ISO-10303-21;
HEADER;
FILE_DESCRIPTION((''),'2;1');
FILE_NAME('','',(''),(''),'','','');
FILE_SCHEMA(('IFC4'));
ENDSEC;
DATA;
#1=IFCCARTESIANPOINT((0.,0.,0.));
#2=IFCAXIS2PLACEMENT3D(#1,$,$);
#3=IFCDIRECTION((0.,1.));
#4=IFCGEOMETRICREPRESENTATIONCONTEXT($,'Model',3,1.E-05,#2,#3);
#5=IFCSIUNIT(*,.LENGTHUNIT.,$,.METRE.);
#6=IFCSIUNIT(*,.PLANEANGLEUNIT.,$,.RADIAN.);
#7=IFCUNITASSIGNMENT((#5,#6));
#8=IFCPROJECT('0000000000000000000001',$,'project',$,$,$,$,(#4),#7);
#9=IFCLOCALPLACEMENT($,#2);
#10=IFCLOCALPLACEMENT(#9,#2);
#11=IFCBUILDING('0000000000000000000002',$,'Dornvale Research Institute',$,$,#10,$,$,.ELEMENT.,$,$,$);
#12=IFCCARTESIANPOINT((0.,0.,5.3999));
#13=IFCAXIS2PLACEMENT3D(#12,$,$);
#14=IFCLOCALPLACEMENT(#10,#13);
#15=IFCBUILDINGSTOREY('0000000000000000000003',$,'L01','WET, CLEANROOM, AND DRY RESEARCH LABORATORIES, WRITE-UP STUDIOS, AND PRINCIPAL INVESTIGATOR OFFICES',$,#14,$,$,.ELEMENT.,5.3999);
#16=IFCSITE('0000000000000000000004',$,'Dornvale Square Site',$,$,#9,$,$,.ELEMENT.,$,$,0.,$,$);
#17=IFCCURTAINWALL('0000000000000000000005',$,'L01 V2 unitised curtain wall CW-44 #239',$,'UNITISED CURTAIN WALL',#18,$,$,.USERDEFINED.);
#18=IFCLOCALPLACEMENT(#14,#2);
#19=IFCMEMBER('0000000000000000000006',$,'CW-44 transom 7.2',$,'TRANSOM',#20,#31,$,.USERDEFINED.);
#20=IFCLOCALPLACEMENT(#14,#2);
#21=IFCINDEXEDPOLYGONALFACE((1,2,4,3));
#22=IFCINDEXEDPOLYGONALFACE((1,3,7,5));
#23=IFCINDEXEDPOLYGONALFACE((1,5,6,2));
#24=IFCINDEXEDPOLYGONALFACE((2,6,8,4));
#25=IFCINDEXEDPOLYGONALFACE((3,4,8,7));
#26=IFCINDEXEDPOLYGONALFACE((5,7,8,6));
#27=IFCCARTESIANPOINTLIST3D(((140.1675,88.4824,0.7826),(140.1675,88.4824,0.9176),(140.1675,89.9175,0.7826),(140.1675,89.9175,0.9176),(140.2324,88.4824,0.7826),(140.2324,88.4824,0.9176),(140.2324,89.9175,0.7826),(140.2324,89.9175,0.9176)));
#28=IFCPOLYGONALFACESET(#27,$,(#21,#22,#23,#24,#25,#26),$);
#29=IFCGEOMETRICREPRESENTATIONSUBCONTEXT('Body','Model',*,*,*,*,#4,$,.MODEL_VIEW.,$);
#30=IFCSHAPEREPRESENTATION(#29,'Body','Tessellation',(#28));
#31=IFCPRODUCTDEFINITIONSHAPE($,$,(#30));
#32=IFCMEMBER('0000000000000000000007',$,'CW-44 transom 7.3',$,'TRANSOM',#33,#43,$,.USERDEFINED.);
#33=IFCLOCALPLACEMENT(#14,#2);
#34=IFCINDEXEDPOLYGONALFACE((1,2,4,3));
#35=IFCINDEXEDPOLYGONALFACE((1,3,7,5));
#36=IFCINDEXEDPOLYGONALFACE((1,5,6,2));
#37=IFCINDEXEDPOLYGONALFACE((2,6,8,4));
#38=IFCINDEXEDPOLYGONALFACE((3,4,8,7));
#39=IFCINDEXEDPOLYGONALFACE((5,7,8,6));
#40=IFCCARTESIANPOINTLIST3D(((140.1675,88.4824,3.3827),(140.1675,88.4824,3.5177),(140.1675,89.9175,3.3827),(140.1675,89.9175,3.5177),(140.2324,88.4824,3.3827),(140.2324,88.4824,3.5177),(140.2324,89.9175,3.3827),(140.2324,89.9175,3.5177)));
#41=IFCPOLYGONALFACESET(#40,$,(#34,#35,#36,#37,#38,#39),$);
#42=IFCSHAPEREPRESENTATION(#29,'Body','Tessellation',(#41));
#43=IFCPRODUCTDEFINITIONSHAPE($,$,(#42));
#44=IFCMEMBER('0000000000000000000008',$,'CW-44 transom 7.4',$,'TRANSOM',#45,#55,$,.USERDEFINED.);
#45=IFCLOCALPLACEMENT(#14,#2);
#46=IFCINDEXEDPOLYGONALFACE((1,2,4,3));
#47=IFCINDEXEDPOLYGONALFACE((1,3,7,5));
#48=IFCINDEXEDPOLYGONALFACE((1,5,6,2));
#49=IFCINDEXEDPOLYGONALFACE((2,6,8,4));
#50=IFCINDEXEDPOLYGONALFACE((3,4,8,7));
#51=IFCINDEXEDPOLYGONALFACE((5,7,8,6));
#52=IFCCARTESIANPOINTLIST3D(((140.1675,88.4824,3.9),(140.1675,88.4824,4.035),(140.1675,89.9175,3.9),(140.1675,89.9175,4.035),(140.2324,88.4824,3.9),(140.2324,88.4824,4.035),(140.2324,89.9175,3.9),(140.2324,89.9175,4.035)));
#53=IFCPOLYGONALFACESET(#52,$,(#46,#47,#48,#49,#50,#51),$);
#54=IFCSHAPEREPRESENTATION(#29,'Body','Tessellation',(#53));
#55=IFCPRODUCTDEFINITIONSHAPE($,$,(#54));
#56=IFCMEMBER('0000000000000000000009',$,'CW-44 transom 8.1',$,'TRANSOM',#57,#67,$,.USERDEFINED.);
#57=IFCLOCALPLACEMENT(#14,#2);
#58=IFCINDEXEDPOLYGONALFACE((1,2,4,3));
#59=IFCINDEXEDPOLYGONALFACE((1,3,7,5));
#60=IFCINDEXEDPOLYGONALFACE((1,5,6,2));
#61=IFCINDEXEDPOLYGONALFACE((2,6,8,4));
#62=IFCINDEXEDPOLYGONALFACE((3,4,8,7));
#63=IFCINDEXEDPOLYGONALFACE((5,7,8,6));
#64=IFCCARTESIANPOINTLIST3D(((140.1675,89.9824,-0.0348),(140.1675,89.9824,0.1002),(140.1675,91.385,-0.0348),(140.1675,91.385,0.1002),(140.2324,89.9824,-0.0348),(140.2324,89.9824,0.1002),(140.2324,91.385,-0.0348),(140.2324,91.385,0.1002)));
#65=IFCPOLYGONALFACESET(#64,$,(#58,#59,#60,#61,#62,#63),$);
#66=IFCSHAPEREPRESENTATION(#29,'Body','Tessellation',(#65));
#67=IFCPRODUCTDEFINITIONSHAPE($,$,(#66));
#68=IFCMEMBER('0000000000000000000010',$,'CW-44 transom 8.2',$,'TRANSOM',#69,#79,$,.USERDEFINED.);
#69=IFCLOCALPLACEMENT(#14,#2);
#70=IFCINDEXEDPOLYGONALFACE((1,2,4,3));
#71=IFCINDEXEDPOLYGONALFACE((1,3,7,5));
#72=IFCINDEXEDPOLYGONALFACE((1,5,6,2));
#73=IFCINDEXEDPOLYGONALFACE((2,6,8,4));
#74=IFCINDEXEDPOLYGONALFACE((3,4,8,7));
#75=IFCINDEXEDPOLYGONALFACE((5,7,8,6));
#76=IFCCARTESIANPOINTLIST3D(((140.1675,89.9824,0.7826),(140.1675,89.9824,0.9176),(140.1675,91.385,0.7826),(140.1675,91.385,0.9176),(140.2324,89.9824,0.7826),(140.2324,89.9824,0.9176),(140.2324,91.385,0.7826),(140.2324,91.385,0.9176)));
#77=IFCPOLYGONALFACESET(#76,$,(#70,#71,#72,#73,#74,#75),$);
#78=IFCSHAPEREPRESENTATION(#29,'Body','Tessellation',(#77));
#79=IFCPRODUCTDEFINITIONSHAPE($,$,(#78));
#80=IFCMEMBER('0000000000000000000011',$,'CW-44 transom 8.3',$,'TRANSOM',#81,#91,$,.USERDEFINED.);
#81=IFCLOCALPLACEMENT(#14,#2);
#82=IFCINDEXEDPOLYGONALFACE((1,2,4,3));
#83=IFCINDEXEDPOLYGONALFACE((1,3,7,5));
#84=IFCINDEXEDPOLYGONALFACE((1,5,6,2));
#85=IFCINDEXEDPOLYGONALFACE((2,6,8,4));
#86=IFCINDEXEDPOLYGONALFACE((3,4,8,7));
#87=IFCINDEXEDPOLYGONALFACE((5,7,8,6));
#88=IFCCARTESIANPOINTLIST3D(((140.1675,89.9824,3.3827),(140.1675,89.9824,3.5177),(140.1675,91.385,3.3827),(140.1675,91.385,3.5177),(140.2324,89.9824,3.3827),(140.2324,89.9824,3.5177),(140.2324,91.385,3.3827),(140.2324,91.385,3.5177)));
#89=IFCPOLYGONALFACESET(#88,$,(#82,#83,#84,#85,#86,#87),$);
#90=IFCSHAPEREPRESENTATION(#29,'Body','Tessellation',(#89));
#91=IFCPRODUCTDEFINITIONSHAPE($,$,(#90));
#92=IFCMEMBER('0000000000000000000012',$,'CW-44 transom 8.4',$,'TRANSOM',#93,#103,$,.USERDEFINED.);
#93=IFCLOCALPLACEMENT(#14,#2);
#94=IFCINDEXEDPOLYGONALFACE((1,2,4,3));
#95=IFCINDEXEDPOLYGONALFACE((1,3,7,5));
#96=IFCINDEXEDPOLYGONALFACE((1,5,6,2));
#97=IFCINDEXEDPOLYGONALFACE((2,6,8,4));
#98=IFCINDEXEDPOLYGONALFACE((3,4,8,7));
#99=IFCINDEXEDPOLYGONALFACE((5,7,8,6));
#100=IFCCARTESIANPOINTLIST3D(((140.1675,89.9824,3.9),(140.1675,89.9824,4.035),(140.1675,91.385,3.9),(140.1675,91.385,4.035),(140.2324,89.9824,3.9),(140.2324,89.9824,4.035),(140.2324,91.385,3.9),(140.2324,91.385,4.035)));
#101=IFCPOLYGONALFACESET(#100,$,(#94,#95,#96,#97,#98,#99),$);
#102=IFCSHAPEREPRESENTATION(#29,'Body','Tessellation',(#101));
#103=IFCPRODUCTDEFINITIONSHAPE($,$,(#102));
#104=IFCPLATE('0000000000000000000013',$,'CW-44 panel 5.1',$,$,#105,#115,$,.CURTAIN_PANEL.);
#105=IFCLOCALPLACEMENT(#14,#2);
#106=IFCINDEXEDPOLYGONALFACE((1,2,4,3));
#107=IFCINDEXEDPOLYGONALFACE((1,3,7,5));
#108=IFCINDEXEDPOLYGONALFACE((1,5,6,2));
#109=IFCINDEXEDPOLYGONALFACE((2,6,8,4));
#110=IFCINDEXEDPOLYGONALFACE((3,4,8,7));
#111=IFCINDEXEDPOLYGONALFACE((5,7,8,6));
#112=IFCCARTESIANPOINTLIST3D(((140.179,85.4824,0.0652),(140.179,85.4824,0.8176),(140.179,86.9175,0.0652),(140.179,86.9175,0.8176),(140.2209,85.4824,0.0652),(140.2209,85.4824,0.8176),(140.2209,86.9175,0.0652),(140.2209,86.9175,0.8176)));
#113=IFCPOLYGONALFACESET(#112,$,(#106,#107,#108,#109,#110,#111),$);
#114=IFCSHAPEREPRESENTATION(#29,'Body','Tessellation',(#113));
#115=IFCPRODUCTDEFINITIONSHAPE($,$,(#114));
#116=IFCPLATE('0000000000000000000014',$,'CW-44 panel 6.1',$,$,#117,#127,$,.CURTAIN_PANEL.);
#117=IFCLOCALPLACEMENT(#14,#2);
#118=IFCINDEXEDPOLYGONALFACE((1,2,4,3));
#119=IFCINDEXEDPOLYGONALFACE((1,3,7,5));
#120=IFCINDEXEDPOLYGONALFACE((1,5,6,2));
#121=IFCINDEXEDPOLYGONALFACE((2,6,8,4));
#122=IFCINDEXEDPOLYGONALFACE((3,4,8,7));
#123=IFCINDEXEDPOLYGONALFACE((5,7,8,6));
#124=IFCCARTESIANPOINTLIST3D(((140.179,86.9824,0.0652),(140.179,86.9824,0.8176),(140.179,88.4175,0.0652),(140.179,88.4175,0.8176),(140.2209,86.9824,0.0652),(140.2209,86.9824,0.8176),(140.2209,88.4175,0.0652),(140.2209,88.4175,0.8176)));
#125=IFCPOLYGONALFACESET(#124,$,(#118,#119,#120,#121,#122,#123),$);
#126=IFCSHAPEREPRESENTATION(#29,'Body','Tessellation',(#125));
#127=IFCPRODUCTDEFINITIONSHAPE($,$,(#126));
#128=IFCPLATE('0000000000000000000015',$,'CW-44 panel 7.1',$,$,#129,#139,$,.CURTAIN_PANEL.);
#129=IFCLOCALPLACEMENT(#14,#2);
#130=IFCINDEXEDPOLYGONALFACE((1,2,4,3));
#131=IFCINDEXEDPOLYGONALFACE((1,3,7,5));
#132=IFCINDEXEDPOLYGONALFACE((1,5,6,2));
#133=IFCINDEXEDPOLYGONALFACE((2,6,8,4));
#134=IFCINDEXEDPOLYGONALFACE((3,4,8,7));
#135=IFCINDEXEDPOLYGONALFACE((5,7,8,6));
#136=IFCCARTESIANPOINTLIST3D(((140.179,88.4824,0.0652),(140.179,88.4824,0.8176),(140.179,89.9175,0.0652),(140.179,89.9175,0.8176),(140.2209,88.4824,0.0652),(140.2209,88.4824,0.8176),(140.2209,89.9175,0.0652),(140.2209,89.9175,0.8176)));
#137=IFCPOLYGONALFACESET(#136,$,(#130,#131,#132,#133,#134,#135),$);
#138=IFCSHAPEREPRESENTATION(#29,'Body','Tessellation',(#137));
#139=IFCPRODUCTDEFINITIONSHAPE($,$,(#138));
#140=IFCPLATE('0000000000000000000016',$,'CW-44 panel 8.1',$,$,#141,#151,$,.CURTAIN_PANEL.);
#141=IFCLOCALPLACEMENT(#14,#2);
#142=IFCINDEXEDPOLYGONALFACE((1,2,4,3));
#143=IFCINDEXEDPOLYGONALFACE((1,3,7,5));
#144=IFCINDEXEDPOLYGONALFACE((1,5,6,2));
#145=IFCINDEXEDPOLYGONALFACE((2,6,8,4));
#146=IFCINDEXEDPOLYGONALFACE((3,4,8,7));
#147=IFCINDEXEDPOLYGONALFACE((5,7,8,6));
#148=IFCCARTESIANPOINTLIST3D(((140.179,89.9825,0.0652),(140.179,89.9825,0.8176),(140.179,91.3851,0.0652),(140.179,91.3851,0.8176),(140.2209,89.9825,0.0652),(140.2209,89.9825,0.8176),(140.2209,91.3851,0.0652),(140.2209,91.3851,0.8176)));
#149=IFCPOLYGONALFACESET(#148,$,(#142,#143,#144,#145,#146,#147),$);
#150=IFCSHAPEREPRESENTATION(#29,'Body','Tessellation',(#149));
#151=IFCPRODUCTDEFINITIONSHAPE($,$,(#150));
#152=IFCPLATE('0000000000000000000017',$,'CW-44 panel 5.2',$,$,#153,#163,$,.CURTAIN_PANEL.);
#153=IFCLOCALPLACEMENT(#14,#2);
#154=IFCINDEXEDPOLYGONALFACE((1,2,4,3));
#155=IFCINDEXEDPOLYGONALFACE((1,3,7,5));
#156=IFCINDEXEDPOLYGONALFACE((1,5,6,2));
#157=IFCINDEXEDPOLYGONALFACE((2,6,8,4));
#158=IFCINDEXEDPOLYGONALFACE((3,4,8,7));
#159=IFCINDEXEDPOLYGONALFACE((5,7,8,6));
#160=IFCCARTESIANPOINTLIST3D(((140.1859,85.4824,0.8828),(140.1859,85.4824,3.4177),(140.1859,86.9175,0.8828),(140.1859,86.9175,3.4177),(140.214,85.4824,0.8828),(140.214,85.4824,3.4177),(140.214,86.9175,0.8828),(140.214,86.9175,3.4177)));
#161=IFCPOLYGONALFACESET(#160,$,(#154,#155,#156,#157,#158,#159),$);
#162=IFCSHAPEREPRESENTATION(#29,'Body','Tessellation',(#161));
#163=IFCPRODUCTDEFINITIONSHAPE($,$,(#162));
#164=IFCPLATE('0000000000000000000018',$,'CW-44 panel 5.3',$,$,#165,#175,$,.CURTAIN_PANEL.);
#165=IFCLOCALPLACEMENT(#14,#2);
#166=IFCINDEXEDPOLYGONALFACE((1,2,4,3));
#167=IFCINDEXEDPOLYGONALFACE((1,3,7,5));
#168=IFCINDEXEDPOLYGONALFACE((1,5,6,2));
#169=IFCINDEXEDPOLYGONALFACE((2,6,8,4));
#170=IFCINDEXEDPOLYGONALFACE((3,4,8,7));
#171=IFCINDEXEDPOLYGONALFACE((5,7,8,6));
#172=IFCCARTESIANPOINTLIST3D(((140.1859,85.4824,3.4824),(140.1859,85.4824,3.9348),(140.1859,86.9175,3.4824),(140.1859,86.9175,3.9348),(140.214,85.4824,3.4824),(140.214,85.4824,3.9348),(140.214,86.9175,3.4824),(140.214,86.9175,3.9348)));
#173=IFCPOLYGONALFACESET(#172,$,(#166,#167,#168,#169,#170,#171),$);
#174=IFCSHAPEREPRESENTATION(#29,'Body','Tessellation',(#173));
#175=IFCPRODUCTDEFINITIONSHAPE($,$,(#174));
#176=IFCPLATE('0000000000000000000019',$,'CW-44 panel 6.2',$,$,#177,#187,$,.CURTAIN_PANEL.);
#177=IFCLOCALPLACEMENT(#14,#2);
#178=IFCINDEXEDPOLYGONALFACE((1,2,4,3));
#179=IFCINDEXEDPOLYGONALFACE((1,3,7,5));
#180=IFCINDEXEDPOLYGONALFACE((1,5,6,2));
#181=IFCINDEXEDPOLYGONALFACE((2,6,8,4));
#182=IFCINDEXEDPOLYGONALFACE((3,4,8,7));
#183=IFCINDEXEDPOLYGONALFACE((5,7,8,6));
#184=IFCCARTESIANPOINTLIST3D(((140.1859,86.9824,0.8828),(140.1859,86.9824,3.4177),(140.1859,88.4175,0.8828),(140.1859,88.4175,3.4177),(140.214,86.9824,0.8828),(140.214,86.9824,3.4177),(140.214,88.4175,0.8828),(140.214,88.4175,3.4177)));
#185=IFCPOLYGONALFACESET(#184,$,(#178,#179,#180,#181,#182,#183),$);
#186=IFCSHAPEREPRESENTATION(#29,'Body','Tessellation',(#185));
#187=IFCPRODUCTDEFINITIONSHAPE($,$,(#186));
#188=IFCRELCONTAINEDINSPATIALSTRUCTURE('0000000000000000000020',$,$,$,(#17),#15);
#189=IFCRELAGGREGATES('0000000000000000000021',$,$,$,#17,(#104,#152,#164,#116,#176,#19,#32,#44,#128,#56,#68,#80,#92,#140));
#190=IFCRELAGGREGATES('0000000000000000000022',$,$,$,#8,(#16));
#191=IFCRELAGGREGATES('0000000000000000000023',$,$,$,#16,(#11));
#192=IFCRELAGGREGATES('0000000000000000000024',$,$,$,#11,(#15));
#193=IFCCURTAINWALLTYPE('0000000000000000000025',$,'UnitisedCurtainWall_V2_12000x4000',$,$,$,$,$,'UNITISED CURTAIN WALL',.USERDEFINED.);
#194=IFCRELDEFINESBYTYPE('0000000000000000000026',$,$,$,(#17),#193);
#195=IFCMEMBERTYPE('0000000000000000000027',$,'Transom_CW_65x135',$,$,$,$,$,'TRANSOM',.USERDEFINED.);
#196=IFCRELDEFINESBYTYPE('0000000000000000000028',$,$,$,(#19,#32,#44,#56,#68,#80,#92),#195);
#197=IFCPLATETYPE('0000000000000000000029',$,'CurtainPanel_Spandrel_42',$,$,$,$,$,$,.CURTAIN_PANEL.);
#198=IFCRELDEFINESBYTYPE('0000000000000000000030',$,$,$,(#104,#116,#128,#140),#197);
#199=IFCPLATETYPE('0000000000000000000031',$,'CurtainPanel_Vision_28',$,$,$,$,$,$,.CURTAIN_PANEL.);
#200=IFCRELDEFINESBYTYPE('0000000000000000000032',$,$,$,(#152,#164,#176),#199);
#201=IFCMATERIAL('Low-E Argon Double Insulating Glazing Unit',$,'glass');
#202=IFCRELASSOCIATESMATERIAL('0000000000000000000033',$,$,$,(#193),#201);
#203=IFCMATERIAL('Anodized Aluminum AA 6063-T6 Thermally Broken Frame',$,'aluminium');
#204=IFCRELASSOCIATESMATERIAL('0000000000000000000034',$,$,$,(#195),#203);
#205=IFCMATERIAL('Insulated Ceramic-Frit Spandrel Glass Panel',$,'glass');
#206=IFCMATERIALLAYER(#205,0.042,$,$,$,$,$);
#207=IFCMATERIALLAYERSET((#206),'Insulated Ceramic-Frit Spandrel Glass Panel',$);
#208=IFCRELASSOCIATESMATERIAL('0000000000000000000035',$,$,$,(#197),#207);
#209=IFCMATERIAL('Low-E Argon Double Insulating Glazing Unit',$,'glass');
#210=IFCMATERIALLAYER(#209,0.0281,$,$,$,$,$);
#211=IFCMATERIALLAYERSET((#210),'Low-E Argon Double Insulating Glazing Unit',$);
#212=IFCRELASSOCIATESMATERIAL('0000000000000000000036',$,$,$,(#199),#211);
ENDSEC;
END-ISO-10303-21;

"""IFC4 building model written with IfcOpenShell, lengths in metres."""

from ifc_helpers import new_model, si_unit, direction, frame, origin, origin_2d, place, context, subcontext, project, spatial, rectangle, extrude, material, layer, layer_set, material_profile, profile_set, type_object, element, aggregate, save


model = new_model("IFC4")

# Units and contexts
model_context = context("Model", 3, precision=1e-05, world=origin(), true_north=direction((0.0, 1.0)))
body_context = subcontext(model_context, "Body", "Model", "MODEL_VIEW")
ifc_project = project(units=[si_unit("LENGTHUNIT", "METRE"), si_unit("PLANEANGLEUNIT", "RADIAN")], contexts=[model_context])

# Site, building, storey
site_placement = place(None, origin())
site = spatial("IfcSite", under=ifc_project, at=site_placement, Name="Dornvale Square Site", CompositionType="ELEMENT", RefElevation=0.0)
building_placement = place(site_placement, origin())
building = spatial("IfcBuilding", under=site, at=building_placement, Name="Dornvale Research Institute", CompositionType="ELEMENT")
storey_placement = place(building_placement, frame((0.0, 0.0, 5.3999)))
storey = spatial("IfcBuildingStorey", under=building, at=storey_placement, Name="L01", Description="WET, CLEANROOM, AND DRY RESEARCH LABORATORIES, WRITE-UP STUDIOS, AND PRINCIPAL INVESTIGATOR OFFICES", CompositionType="ELEMENT", Elevation=5.3999)

# Curtain wall
ifc_material_1 = material(Name="Low-E Argon Double Insulating Glazing Unit", Category="glass")
curtain_wall_type = type_object("IfcCurtainWallType", Name="UnitisedCurtainWall_V2_12000x4000", ElementType="UNITISED CURTAIN WALL", PredefinedType="USERDEFINED", material=ifc_material_1)
curtain_wall_placement = place(storey_placement, origin())
curtain_wall = element("IfcCurtainWall", 1, at=curtain_wall_placement, inside=storey, type_object=curtain_wall_type, Name="L01 V2 unitised curtain wall CW-44 #239", ObjectType="UNITISED CURTAIN WALL", PredefinedType="USERDEFINED")

# Members
ifc_material_2 = material(Name="Anodized Aluminum AA 6063-T6 Thermally Broken Frame", Category="aluminium")
ifc_material_profile_1 = material_profile(ifc_material_2, rectangle(XDim=0.0649, YDim=0.135, at=origin_2d()), Name="ALU TRANSOM 65x135")
ifc_profile_set_1 = profile_set([ifc_material_profile_1], Name="Anodized Aluminum AA 6063-T6 Thermally Broken Frame")
member_type_1 = type_object("IfcMemberType", Name="Transom_CW_65x135", ElementType="TRANSOM", PredefinedType="USERDEFINED", material=ifc_profile_set_1)
member_1_placement = place(storey_placement, frame((140.2, 88.4824, 0.8501), z_axis=(0.0, 1.0, 0.0), x_axis=(-1.0, 0.0, 0.0)))
member_1 = element("IfcMember", 2, at=member_1_placement, type_object=member_type_1, Name="CW-44 transom 7.2", ObjectType="TRANSOM", PredefinedType="USERDEFINED", context=body_context, shape_type="SweptSolid", body=[
    extrude(rectangle(XDim=0.0649, YDim=0.135, at=origin_2d()), origin(), (0.0, 0.0, 1.0), 1.4351),
])
member_2_placement = place(storey_placement, frame((140.2, 88.4824, 3.4502), z_axis=(0.0, 1.0, 0.0), x_axis=(-1.0, 0.0, 0.0)))
member_2 = element("IfcMember", 3, at=member_2_placement, type_object=member_type_1, Name="CW-44 transom 7.3", ObjectType="TRANSOM", PredefinedType="USERDEFINED", context=body_context, shape_type="SweptSolid", body=[
    extrude(rectangle(XDim=0.0649, YDim=0.135, at=origin_2d()), origin(), (0.0, 0.0, 1.0), 1.4351),
])
member_3_placement = place(storey_placement, frame((140.2, 88.4824, 3.9675), z_axis=(0.0, 1.0, 0.0), x_axis=(-1.0, 0.0, 0.0)))
member_3 = element("IfcMember", 4, at=member_3_placement, type_object=member_type_1, Name="CW-44 transom 7.4", ObjectType="TRANSOM", PredefinedType="USERDEFINED", context=body_context, shape_type="SweptSolid", body=[
    extrude(rectangle(XDim=0.0649, YDim=0.135, at=origin_2d()), origin(), (0.0, 0.0, 1.0), 1.4351),
])
member_4_placement = place(storey_placement, frame((140.2, 89.9824, 0.0327), z_axis=(0.0, 1.0, 0.0), x_axis=(-1.0, 0.0, 0.0)))
member_4 = element("IfcMember", 5, at=member_4_placement, type_object=member_type_1, Name="CW-44 transom 8.1", ObjectType="TRANSOM", PredefinedType="USERDEFINED", context=body_context, shape_type="SweptSolid", body=[
    extrude(rectangle(XDim=0.0649, YDim=0.135, at=origin_2d()), origin(), (0.0, 0.0, 1.0), 1.4026),
])
member_5_placement = place(storey_placement, frame((140.2, 89.9824, 0.8501), z_axis=(0.0, 1.0, 0.0), x_axis=(-1.0, 0.0, 0.0)))
member_5 = element("IfcMember", 6, at=member_5_placement, type_object=member_type_1, Name="CW-44 transom 8.2", ObjectType="TRANSOM", PredefinedType="USERDEFINED", context=body_context, shape_type="SweptSolid", body=[
    extrude(rectangle(XDim=0.0649, YDim=0.135, at=origin_2d()), origin(), (0.0, 0.0, 1.0), 1.4026),
])
member_6_placement = place(storey_placement, frame((140.2, 89.9824, 3.4502), z_axis=(0.0, 1.0, 0.0), x_axis=(-1.0, 0.0, 0.0)))
member_6 = element("IfcMember", 7, at=member_6_placement, type_object=member_type_1, Name="CW-44 transom 8.3", ObjectType="TRANSOM", PredefinedType="USERDEFINED", context=body_context, shape_type="SweptSolid", body=[
    extrude(rectangle(XDim=0.0649, YDim=0.135, at=origin_2d()), origin(), (0.0, 0.0, 1.0), 1.4026),
])
member_7_placement = place(storey_placement, frame((140.2, 89.9824, 3.9675), z_axis=(0.0, 1.0, 0.0), x_axis=(-1.0, 0.0, 0.0)))
member_7 = element("IfcMember", 8, at=member_7_placement, type_object=member_type_1, Name="CW-44 transom 8.4", ObjectType="TRANSOM", PredefinedType="USERDEFINED", context=body_context, shape_type="SweptSolid", body=[
    extrude(rectangle(XDim=0.0649, YDim=0.135, at=origin_2d()), origin(), (0.0, 0.0, 1.0), 1.4026),
])

# Plates
ifc_material_3 = material(Name="Insulated Ceramic-Frit Spandrel Glass Panel", Category="glass")
ifc_layer_1 = layer(ifc_material_3, 0.042)
ifc_layer_set_1 = layer_set([ifc_layer_1], Name="Insulated Ceramic-Frit Spandrel Glass Panel")
plate_type_1 = type_object("IfcPlateType", Name="CurtainPanel_Spandrel_42", PredefinedType="CURTAIN_PANEL", material=ifc_layer_set_1)
plate_1_placement = place(storey_placement, frame((140.2, 86.2, 0.0652), z_axis=(0.0, 0.0, 1.0), x_axis=(0.0, 1.0, 0.0)))
plate_1 = element("IfcPlate", 9, at=plate_1_placement, type_object=plate_type_1, Name="CW-44 panel 5.1", PredefinedType="CURTAIN_PANEL", context=body_context, shape_type="SweptSolid", body=[
    extrude(rectangle(XDim=1.4351, YDim=0.042, at=origin_2d()), origin(), (0.0, 0.0, 1.0), 0.7524),
])
plate_2_placement = place(storey_placement, frame((140.2, 87.7, 0.0652), z_axis=(0.0, 0.0, 1.0), x_axis=(0.0, 1.0, 0.0)))
plate_2 = element("IfcPlate", 10, at=plate_2_placement, type_object=plate_type_1, Name="CW-44 panel 6.1", PredefinedType="CURTAIN_PANEL", context=body_context, shape_type="SweptSolid", body=[
    extrude(rectangle(XDim=1.4351, YDim=0.042, at=origin_2d()), origin(), (0.0, 0.0, 1.0), 0.7524),
])
plate_3_placement = place(storey_placement, frame((140.2, 89.2, 0.0652), z_axis=(0.0, 0.0, 1.0), x_axis=(0.0, 1.0, 0.0)))
plate_3 = element("IfcPlate", 11, at=plate_3_placement, type_object=plate_type_1, Name="CW-44 panel 7.1", PredefinedType="CURTAIN_PANEL", context=body_context, shape_type="SweptSolid", body=[
    extrude(rectangle(XDim=1.4351, YDim=0.042, at=origin_2d()), origin(), (0.0, 0.0, 1.0), 0.7524),
])
plate_4_placement = place(storey_placement, frame((140.2, 90.6838, 0.0652), z_axis=(0.0, 0.0, 1.0), x_axis=(0.0, 1.0, 0.0)))
plate_4 = element("IfcPlate", 12, at=plate_4_placement, type_object=plate_type_1, Name="CW-44 panel 8.1", PredefinedType="CURTAIN_PANEL", context=body_context, shape_type="SweptSolid", body=[
    extrude(rectangle(XDim=1.4026, YDim=0.042, at=origin_2d()), origin(), (0.0, 0.0, 1.0), 0.7524),
])
ifc_material_4 = material(Name="Low-E Argon Double Insulating Glazing Unit", Category="glass")
ifc_layer_2 = layer(ifc_material_4, 0.0281)
ifc_layer_set_2 = layer_set([ifc_layer_2], Name="Low-E Argon Double Insulating Glazing Unit")
plate_type_2 = type_object("IfcPlateType", Name="CurtainPanel_Vision_28", PredefinedType="CURTAIN_PANEL", material=ifc_layer_set_2)
plate_5_placement = place(storey_placement, frame((140.2, 86.2, 0.8828), z_axis=(0.0, 0.0, 1.0), x_axis=(0.0, 1.0, 0.0)))
plate_5 = element("IfcPlate", 13, at=plate_5_placement, type_object=plate_type_2, Name="CW-44 panel 5.2", PredefinedType="CURTAIN_PANEL", context=body_context, shape_type="SweptSolid", body=[
    extrude(rectangle(XDim=1.4351, YDim=0.0281, at=origin_2d()), origin(), (0.0, 0.0, 1.0), 2.5349),
])
plate_6_placement = place(storey_placement, frame((140.2, 86.2, 3.4824), z_axis=(0.0, 0.0, 1.0), x_axis=(0.0, 1.0, 0.0)))
plate_6 = element("IfcPlate", 14, at=plate_6_placement, type_object=plate_type_2, Name="CW-44 panel 5.3", PredefinedType="CURTAIN_PANEL", context=body_context, shape_type="SweptSolid", body=[
    extrude(rectangle(XDim=1.4351, YDim=0.0281, at=origin_2d()), origin(), (0.0, 0.0, 1.0), 0.4524),
])
plate_7_placement = place(storey_placement, frame((140.2, 87.7, 0.8828), z_axis=(0.0, 0.0, 1.0), x_axis=(0.0, 1.0, 0.0)))
plate_7 = element("IfcPlate", 15, at=plate_7_placement, type_object=plate_type_2, Name="CW-44 panel 6.2", PredefinedType="CURTAIN_PANEL", context=body_context, shape_type="SweptSolid", body=[
    extrude(rectangle(XDim=1.4351, YDim=0.0281, at=origin_2d()), origin(), (0.0, 0.0, 1.0), 2.5349),
])
aggregate(curtain_wall, [plate_1, plate_5, plate_6, plate_2, plate_7, member_1, member_2, member_3, plate_3, member_4, member_5, member_6, member_7, plate_4])

save(model, "model.ifc")
